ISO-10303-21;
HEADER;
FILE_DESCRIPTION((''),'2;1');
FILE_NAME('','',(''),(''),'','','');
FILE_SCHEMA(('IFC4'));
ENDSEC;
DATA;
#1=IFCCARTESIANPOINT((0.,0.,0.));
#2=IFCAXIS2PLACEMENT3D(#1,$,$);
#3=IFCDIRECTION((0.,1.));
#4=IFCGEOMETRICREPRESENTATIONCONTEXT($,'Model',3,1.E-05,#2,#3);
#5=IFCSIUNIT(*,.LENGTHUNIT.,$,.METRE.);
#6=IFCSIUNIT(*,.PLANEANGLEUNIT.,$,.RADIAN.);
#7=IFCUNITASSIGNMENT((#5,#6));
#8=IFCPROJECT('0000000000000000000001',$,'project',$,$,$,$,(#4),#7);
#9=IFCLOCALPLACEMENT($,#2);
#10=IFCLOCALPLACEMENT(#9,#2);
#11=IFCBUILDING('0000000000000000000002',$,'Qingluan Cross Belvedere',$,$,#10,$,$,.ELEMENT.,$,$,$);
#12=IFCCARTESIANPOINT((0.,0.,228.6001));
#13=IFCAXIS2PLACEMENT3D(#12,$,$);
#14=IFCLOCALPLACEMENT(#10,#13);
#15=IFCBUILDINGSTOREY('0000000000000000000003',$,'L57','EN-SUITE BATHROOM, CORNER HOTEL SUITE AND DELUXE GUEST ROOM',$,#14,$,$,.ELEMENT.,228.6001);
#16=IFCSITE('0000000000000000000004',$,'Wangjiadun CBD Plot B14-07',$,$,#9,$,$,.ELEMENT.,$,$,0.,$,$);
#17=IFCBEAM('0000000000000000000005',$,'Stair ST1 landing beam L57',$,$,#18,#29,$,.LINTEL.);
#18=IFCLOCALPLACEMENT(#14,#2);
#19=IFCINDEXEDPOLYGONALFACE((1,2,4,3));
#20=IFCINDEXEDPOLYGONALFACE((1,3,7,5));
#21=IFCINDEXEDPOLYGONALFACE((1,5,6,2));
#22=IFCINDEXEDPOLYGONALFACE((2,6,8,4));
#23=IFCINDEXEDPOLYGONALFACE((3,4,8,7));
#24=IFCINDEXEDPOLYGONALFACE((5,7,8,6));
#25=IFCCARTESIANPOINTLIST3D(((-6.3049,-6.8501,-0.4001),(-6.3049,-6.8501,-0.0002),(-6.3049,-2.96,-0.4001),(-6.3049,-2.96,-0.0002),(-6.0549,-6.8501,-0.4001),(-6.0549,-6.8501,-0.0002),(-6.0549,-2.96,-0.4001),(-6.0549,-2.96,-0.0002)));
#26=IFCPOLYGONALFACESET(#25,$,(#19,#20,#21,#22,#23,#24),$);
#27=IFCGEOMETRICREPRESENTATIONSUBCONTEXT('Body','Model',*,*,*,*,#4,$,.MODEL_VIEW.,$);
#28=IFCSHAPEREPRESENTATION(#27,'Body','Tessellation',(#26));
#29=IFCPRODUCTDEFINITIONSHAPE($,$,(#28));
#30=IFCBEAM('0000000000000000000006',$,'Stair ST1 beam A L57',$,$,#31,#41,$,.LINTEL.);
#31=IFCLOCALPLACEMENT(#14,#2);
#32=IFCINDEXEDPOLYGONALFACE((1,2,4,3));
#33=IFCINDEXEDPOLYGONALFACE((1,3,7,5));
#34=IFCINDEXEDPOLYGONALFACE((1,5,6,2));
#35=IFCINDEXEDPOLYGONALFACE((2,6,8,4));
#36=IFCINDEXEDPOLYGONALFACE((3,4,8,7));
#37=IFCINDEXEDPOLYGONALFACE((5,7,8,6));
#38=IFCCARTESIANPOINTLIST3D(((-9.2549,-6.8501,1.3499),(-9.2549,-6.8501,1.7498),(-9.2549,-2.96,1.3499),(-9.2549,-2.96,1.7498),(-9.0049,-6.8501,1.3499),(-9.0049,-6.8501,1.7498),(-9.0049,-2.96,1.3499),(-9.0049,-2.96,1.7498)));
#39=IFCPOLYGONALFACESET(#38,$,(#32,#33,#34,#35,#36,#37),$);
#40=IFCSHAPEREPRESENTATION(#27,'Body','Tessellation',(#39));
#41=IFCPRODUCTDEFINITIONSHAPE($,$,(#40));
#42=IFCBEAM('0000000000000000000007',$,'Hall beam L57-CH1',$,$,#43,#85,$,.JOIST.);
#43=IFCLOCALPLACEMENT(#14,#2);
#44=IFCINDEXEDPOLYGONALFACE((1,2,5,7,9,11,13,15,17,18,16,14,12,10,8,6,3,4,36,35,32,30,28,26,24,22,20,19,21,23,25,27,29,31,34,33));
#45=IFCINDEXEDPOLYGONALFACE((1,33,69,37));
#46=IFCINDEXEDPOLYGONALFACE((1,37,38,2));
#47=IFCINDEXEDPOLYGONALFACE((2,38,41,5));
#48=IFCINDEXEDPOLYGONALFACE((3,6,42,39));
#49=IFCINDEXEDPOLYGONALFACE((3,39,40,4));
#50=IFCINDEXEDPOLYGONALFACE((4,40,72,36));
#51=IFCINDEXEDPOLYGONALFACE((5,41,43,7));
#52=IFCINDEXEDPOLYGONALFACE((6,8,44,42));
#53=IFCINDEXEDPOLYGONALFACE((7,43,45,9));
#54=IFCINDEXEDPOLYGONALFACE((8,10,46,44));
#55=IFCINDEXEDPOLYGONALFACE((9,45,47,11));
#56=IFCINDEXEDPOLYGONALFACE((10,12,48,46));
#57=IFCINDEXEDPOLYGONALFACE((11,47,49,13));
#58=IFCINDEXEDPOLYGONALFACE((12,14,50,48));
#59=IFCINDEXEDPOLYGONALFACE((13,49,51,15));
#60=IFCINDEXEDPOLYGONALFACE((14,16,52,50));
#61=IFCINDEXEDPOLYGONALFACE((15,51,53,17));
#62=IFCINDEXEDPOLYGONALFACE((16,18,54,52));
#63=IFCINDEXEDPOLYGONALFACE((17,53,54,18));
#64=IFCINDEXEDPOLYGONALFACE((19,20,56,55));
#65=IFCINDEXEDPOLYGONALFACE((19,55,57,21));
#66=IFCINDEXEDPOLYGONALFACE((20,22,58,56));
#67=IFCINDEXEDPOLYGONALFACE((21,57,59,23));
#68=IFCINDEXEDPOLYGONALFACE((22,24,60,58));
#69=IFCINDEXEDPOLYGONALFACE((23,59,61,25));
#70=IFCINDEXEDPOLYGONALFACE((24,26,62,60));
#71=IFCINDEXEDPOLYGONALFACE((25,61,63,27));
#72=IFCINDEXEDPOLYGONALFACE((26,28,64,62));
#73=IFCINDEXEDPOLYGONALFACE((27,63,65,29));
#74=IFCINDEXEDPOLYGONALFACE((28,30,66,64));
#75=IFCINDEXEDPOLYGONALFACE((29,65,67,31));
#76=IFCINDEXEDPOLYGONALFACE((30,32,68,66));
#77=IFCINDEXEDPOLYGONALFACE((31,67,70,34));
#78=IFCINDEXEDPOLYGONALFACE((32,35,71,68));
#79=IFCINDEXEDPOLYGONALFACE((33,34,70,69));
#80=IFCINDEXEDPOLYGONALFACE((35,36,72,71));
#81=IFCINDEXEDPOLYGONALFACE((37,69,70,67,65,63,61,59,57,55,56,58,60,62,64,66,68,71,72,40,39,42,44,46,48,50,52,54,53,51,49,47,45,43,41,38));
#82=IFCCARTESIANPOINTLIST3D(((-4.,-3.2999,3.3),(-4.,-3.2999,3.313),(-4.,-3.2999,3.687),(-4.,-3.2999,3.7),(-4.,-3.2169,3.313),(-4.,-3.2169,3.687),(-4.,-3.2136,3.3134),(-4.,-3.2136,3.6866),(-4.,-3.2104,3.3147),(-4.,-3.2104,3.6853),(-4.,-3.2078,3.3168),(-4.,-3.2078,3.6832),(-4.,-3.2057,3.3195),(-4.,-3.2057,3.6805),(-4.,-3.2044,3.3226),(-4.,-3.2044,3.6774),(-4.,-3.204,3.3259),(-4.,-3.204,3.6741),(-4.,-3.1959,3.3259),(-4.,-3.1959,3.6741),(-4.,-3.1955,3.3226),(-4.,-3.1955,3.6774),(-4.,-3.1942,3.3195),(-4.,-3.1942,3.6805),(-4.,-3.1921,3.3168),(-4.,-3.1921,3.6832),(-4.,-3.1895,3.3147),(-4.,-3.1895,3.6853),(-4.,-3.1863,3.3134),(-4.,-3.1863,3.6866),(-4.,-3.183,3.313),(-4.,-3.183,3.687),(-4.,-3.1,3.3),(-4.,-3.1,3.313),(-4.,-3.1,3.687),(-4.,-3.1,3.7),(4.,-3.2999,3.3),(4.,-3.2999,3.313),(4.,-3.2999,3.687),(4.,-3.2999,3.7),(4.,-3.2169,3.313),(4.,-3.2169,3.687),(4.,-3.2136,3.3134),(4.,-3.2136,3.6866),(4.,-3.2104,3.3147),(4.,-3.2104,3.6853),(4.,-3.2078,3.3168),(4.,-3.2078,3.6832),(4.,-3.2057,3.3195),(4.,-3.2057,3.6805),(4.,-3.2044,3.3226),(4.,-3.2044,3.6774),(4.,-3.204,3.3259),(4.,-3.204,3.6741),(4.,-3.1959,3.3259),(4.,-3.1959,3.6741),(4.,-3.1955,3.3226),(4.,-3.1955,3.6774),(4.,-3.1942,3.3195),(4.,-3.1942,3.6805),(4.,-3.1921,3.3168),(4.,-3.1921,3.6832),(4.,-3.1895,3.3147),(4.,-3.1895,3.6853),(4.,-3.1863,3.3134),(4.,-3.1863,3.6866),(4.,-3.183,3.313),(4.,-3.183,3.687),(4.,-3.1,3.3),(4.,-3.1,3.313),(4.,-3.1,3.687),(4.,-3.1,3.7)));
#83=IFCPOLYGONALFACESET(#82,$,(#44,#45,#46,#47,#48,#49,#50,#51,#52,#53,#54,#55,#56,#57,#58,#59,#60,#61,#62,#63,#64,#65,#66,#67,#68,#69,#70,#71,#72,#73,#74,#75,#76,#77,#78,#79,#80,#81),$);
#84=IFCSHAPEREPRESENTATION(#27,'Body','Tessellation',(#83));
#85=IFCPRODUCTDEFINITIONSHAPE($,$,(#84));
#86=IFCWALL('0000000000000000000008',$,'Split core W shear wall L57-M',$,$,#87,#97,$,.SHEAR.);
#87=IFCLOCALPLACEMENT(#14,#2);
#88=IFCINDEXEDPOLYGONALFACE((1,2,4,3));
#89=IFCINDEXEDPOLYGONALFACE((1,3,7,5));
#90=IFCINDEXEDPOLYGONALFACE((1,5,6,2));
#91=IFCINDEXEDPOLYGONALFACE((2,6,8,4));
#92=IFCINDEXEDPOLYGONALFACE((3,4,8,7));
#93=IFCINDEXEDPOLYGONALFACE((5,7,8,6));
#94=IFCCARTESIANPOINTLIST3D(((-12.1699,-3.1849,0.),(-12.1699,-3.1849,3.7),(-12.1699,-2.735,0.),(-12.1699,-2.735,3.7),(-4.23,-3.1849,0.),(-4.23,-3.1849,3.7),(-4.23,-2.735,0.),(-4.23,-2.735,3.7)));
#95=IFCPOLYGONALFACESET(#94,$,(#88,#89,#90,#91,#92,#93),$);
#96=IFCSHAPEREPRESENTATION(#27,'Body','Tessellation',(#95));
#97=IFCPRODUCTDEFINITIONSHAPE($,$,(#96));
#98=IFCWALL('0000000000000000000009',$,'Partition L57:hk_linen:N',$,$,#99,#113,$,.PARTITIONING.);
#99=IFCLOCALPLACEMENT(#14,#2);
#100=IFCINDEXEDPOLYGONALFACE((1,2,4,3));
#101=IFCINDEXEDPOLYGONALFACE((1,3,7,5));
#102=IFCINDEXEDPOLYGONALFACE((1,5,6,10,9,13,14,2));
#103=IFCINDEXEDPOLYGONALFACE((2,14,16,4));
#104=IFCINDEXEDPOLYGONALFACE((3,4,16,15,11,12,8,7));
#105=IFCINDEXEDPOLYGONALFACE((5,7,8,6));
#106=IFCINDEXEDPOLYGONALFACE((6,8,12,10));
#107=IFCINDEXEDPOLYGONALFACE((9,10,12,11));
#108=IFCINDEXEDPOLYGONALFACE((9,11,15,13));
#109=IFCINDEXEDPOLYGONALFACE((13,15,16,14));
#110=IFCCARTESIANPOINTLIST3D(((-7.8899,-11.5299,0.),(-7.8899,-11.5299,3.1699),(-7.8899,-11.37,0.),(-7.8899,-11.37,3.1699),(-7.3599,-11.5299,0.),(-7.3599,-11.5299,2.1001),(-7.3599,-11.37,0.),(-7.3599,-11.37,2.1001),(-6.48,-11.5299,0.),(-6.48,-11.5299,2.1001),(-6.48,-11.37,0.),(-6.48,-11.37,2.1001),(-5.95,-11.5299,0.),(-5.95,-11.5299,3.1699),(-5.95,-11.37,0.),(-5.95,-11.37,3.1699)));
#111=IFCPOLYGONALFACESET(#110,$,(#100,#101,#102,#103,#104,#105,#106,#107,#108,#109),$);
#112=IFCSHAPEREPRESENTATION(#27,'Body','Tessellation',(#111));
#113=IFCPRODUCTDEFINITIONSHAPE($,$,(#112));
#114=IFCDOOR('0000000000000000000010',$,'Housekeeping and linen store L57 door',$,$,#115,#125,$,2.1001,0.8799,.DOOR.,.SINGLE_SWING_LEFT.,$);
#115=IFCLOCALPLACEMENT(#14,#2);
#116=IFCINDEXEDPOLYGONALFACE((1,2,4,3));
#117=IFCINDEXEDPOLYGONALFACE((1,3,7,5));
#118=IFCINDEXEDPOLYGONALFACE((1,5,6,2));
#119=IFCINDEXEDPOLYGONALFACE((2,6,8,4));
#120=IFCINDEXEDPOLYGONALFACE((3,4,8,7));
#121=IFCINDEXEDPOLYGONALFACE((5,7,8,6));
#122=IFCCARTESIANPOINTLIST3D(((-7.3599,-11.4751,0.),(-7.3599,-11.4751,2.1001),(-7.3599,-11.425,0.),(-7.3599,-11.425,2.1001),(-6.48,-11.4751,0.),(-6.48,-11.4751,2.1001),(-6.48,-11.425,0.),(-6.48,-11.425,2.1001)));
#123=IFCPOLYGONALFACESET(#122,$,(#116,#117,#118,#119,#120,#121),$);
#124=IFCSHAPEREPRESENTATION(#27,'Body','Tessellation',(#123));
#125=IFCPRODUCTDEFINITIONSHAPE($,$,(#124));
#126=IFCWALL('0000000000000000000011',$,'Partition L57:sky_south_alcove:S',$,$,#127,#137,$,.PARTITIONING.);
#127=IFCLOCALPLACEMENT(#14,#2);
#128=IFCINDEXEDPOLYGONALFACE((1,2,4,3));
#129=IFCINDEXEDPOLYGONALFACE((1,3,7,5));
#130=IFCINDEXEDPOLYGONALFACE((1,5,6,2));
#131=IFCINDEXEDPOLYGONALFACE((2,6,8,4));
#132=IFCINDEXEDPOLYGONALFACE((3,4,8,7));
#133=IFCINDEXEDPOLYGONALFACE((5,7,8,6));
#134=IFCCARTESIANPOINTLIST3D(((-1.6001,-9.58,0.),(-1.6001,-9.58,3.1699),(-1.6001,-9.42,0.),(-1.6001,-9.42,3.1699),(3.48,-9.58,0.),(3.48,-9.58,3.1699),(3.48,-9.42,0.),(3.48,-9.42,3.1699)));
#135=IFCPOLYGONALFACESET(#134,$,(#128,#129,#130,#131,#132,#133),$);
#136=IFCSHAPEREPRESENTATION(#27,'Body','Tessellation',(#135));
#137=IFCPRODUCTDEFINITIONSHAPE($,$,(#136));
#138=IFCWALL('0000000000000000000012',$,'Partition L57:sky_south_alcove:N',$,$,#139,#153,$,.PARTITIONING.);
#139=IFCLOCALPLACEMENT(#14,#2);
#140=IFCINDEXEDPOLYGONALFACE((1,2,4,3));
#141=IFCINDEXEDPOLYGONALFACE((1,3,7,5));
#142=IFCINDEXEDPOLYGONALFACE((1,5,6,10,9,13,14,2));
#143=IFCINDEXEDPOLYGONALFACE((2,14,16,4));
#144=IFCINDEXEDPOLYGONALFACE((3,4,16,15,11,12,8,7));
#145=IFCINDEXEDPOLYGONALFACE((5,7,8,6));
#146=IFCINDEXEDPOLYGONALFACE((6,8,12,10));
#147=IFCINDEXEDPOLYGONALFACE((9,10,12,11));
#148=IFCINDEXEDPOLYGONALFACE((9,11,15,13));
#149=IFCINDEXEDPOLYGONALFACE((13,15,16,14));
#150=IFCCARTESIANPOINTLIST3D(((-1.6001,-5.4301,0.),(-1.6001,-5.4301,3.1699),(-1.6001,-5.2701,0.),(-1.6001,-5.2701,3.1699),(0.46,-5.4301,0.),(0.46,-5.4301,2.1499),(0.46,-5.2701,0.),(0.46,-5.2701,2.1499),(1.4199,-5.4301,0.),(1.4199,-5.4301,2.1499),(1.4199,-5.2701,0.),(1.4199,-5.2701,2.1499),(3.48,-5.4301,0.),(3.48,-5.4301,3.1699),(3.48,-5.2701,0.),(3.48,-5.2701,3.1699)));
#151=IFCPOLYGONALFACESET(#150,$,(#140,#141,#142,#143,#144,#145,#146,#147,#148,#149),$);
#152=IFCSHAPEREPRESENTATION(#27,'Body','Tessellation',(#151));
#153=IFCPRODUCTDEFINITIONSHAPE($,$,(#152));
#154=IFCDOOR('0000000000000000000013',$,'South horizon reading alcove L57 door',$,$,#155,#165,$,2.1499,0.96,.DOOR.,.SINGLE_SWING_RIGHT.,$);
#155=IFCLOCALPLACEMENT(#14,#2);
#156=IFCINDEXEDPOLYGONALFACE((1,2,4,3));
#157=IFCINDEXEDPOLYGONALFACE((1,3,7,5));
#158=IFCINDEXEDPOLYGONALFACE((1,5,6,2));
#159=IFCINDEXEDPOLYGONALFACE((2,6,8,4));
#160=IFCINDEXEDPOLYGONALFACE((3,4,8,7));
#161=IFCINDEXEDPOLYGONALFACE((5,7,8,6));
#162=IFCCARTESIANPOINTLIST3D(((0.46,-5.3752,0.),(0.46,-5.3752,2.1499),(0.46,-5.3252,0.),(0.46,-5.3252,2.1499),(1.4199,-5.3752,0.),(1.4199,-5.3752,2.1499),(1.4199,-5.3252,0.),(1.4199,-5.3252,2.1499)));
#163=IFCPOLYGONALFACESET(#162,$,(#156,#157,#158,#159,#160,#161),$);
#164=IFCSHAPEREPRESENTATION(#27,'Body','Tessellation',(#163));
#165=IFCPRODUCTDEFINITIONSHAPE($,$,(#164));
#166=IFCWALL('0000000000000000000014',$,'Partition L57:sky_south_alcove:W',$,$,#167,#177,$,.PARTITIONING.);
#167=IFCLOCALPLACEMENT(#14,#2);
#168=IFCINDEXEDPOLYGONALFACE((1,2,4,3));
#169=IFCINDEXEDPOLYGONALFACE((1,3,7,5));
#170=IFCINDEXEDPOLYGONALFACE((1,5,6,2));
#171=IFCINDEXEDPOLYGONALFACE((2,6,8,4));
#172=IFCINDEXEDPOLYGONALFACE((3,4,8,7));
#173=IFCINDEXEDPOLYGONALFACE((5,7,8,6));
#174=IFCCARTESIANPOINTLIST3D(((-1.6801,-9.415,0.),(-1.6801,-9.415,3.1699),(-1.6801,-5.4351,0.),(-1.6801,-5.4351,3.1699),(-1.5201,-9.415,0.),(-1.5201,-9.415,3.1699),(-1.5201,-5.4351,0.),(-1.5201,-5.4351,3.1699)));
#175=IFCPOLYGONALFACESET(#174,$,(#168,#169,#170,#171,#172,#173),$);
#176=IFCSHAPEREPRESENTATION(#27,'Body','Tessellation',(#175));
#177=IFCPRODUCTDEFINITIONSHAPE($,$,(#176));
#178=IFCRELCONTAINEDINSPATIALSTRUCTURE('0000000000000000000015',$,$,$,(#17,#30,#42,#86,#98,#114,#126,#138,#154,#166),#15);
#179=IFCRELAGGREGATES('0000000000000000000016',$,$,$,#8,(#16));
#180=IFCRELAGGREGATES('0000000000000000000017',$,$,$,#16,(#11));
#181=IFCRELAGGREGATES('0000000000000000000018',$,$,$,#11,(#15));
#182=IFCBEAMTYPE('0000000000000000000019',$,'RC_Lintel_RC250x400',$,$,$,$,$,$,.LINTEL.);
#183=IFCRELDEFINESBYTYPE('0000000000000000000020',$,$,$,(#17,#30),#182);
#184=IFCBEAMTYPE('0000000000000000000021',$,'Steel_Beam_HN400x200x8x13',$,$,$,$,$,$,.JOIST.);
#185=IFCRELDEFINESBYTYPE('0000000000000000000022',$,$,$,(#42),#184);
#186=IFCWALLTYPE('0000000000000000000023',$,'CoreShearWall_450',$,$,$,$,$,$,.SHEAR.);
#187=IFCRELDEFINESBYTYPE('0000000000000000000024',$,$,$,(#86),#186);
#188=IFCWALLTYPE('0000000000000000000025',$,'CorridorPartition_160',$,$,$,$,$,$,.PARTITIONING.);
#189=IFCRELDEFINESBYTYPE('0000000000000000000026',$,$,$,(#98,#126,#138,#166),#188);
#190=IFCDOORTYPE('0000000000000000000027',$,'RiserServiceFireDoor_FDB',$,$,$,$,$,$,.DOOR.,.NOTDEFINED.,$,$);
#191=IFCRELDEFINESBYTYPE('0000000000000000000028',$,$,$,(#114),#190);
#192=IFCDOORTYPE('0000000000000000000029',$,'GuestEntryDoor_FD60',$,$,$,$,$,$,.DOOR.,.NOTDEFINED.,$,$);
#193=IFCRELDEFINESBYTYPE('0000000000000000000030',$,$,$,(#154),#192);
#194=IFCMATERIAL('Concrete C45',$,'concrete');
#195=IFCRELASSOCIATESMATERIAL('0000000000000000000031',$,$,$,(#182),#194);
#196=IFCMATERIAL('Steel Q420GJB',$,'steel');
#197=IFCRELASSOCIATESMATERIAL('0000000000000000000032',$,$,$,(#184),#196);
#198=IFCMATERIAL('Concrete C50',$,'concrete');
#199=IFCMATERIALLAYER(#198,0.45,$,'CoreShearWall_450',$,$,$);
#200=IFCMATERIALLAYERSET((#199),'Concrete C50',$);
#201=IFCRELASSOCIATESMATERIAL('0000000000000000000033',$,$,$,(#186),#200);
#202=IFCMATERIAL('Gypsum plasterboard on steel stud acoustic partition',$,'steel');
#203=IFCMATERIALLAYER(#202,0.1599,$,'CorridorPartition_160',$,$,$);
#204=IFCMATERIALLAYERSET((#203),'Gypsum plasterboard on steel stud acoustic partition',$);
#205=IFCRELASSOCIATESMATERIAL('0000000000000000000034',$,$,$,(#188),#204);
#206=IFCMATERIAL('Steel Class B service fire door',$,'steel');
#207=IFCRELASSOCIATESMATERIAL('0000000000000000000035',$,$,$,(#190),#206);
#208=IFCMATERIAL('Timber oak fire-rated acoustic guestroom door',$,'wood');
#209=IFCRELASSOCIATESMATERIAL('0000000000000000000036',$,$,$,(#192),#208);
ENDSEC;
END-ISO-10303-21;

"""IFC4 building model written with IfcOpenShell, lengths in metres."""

from ifc_helpers import new_model, si_unit, direction, frame, frame_2d, origin, origin_2d, place, context, subcontext, project, spatial, rectangle, i_section, extrude, material, layer, layer_set, material_profile, profile_set, type_object, element, fill, save


model = new_model("IFC4")

# Units and contexts
model_context = context("Model", 3, precision=1e-05, world=origin(), true_north=direction((0.0, 1.0)))
body_context = subcontext(model_context, "Body", "Model", "MODEL_VIEW")
ifc_project = project(units=[si_unit("LENGTHUNIT", "METRE"), si_unit("PLANEANGLEUNIT", "RADIAN")], contexts=[model_context])

# Site, building, storey
site_placement = place(None, origin())
site = spatial("IfcSite", under=ifc_project, at=site_placement, Name="Wangjiadun CBD Plot B14-07", CompositionType="ELEMENT", RefElevation=0.0)
building_placement = place(site_placement, origin())
building = spatial("IfcBuilding", under=site, at=building_placement, Name="Qingluan Cross Belvedere", CompositionType="ELEMENT")
storey_placement = place(building_placement, frame((0.0, 0.0, 228.6001)))
storey = spatial("IfcBuildingStorey", under=building, at=storey_placement, Name="L57", Description="EN-SUITE BATHROOM, CORNER HOTEL SUITE AND DELUXE GUEST ROOM", CompositionType="ELEMENT", Elevation=228.6001)

# Beams
ifc_material_1 = material(Name="Concrete C45", Category="concrete")
ifc_material_profile_1 = material_profile(ifc_material_1, rectangle(XDim=0.25, YDim=0.3999, at=origin_2d()), Name="RC250x400")
ifc_profile_set_1 = profile_set([ifc_material_profile_1], Name="Concrete C45")
beam_type_1 = type_object("IfcBeamType", Name="RC_Lintel_RC250x400", PredefinedType="LINTEL", material=ifc_profile_set_1)
for number, where, z_axis, x_axis, name in (
    (1, (-6.1799, -6.8501, -0.2002), (0.0, 1.0, 0.0), (-1.0, 0.0, 0.0), "Stair ST1 landing beam L57"),
    (2, (-9.1299, -6.8501, 1.5498), (0.0, 1.0, 0.0), (-1.0, 0.0, 0.0), "Stair ST1 beam A L57"),
):
    element("IfcBeam", number, at=place(storey_placement, frame(where, z_axis=z_axis, x_axis=x_axis)), inside=storey, type_object=beam_type_1, Name=name, PredefinedType="LINTEL", context=body_context, shape_type="SweptSolid", body=[
        extrude(rectangle(XDim=0.25, YDim=0.3999, at=origin_2d()), origin(), (0.0, 0.0, 1.0), 3.8901),
    ])
ifc_material_2 = material(Name="Steel Q420GJB", Category="steel")
ifc_material_profile_2 = material_profile(ifc_material_2, i_section(OverallWidth=0.2, OverallDepth=0.3999, WebThickness=0.0081, FlangeThickness=0.0129, FilletRadius=0.0129, at=origin_2d()), Name="HN400x200x8x13")
ifc_profile_set_2 = profile_set([ifc_material_profile_2], Name="Steel Q420GJB")
beam_type_2 = type_object("IfcBeamType", Name="Steel_Beam_HN400x200x8x13", PredefinedType="JOIST", material=ifc_profile_set_2)
beam_placement = place(storey_placement, frame((-4.0, -3.2, 3.5), z_axis=(1.0, 0.0, 0.0), x_axis=(0.0, 1.0, 0.0)))
element("IfcBeam", 3, at=beam_placement, inside=storey, type_object=beam_type_2, Name="Hall beam L57-CH1", PredefinedType="JOIST", context=body_context, shape_type="SweptSolid", body=[
    extrude(i_section(OverallWidth=0.2, OverallDepth=0.3999, WebThickness=0.0081, FlangeThickness=0.0129, FilletRadius=0.0129, at=origin_2d()), origin(), (0.0, 0.0, 1.0), 8.0),
])

# Shared definitions
ifc_material_3 = material(Name="Concrete C50", Category="concrete")
ifc_layer_1 = layer(ifc_material_3, 0.45, Name="CoreShearWall_450")
ifc_layer_set_1 = layer_set([ifc_layer_1], Name="Concrete C50")
wall_type_1 = type_object("IfcWallType", Name="CoreShearWall_450", PredefinedType="SHEAR", material=ifc_layer_set_1)

# Wall
wall_1_placement = place(storey_placement, frame((-12.1699, -2.96, 0.0), z_axis=(0.0, 0.0, 1.0), x_axis=(1.0, 0.0, 0.0)))
element("IfcWall", 4, at=wall_1_placement, inside=storey, type_object=wall_type_1, Name="Split core W shear wall L57-M", PredefinedType="SHEAR", context=body_context, shape_type="SweptSolid", body=[
    extrude(rectangle(XDim=7.9399, YDim=0.45, at=frame_2d((3.97, 0.0))), origin(), (0.0, 0.0, 1.0), 3.7),
])

# Wall, opening, door
ifc_material_4 = material(Name="Gypsum plasterboard on steel stud acoustic partition", Category="steel")
ifc_layer_2 = layer(ifc_material_4, 0.1599, Name="CorridorPartition_160")
ifc_layer_set_2 = layer_set([ifc_layer_2], Name="Gypsum plasterboard on steel stud acoustic partition")
wall_type_2 = type_object("IfcWallType", Name="CorridorPartition_160", PredefinedType="PARTITIONING", material=ifc_layer_set_2)
wall_2_placement = place(storey_placement, frame((-7.8899, -11.45, 0.0), z_axis=(0.0, 0.0, 1.0), x_axis=(1.0, 0.0, 0.0)))
wall_2 = element("IfcWall", 5, at=wall_2_placement, inside=storey, type_object=wall_type_2, Name="Partition L57:hk_linen:N", PredefinedType="PARTITIONING", context=body_context, shape_type="SweptSolid", body=[
    extrude(rectangle(XDim=1.9399, YDim=0.1599, at=frame_2d((0.97, 0.0))), origin(), (0.0, 0.0, 1.0), 3.1699),
])
opening_1_placement = place(wall_2_placement, frame((0.53, 0.0, 0.0)))
opening_1 = element("IfcOpeningElement", 6, at=opening_1_placement, cuts=wall_2, PredefinedType="OPENING", context=body_context, shape_type="SweptSolid", body=[
    extrude(rectangle(XDim=0.8799, YDim=2.1001, at=frame_2d((0.4399, 1.05))), frame((0.0, 0.0898, 0.0), z_axis=(0.0, -1.0, 0.0), x_axis=(1.0, 0.0, 0.0)), (0.0, 0.0, 1.0), 0.1799),
])
ifc_material_5 = material(Name="Steel Class B service fire door", Category="steel")
door_type_1 = type_object("IfcDoorType", Name="RiserServiceFireDoor_FDB", OperationType="NOTDEFINED", PredefinedType="DOOR", material=ifc_material_5)
door_1_placement = place(opening_1_placement, origin())
door_1 = element("IfcDoor", 7, at=door_1_placement, inside=storey, type_object=door_type_1, Name="Housekeeping and linen store L57 door", OperationType="SINGLE_SWING_LEFT", OverallHeight=2.1001, OverallWidth=0.8799, PredefinedType="DOOR", context=body_context, shape_type="SweptSolid", body=[
    extrude(rectangle(XDim=0.8799, YDim=2.1001, at=frame_2d((0.4399, 1.05))), frame((0.0, 0.0249, 0.0), z_axis=(0.0, -1.0, 0.0), x_axis=(1.0, 0.0, 0.0)), (0.0, 0.0, 1.0), 0.05),
])
fill(opening_1, door_1)

# Wall
wall_3_placement = place(storey_placement, frame((-1.6001, -9.5, 0.0), z_axis=(0.0, 0.0, 1.0), x_axis=(1.0, 0.0, 0.0)))
element("IfcWall", 8, at=wall_3_placement, inside=storey, type_object=wall_type_2, Name="Partition L57:sky_south_alcove:S", PredefinedType="PARTITIONING", context=body_context, shape_type="SweptSolid", body=[
    extrude(rectangle(XDim=5.0801, YDim=0.1599, at=frame_2d((2.54, 0.0))), origin(), (0.0, 0.0, 1.0), 3.1699),
])

# Wall, opening, door
wall_4_placement = place(storey_placement, frame((-1.6001, -5.3501, 0.0), z_axis=(0.0, 0.0, 1.0), x_axis=(1.0, 0.0, 0.0)))
wall_4 = element("IfcWall", 9, at=wall_4_placement, inside=storey, type_object=wall_type_2, Name="Partition L57:sky_south_alcove:N", PredefinedType="PARTITIONING", context=body_context, shape_type="SweptSolid", body=[
    extrude(rectangle(XDim=5.0801, YDim=0.1599, at=frame_2d((2.54, 0.0))), origin(), (0.0, 0.0, 1.0), 3.1699),
])
opening_2_placement = place(wall_4_placement, frame((2.0601, 0.0, 0.0)))
opening_2 = element("IfcOpeningElement", 10, at=opening_2_placement, cuts=wall_4, PredefinedType="OPENING", context=body_context, shape_type="SweptSolid", body=[
    extrude(rectangle(XDim=0.96, YDim=2.1499, at=frame_2d((0.48, 1.075))), frame((0.0, 0.0898, 0.0), z_axis=(0.0, -1.0, 0.0), x_axis=(1.0, 0.0, 0.0)), (0.0, 0.0, 1.0), 0.1799),
])
ifc_material_6 = material(Name="Timber oak fire-rated acoustic guestroom door", Category="wood")
door_type_2 = type_object("IfcDoorType", Name="GuestEntryDoor_FD60", OperationType="NOTDEFINED", PredefinedType="DOOR", material=ifc_material_6)
door_2_placement = place(opening_2_placement, origin())
door_2 = element("IfcDoor", 11, at=door_2_placement, inside=storey, type_object=door_type_2, Name="South horizon reading alcove L57 door", OperationType="SINGLE_SWING_RIGHT", OverallHeight=2.1499, OverallWidth=0.96, PredefinedType="DOOR", context=body_context, shape_type="SweptSolid", body=[
    extrude(rectangle(XDim=0.96, YDim=2.1499, at=frame_2d((0.48, 1.075))), frame((0.0, 0.0249, 0.0), z_axis=(0.0, -1.0, 0.0), x_axis=(1.0, 0.0, 0.0)), (0.0, 0.0, 1.0), 0.05),
])
fill(opening_2, door_2)

# Wall
wall_5_placement = place(storey_placement, frame((-1.6001, -9.415, 0.0), z_axis=(0.0, 0.0, 1.0), x_axis=(0.0, 1.0, 0.0)))
element("IfcWall", 12, at=wall_5_placement, inside=storey, type_object=wall_type_2, Name="Partition L57:sky_south_alcove:W", PredefinedType="PARTITIONING", context=body_context, shape_type="SweptSolid", body=[
    extrude(rectangle(XDim=3.98, YDim=0.1599, at=frame_2d((1.99, 0.0))), origin(), (0.0, 0.0, 1.0), 3.1699),
])

save(model, "model.ifc")
